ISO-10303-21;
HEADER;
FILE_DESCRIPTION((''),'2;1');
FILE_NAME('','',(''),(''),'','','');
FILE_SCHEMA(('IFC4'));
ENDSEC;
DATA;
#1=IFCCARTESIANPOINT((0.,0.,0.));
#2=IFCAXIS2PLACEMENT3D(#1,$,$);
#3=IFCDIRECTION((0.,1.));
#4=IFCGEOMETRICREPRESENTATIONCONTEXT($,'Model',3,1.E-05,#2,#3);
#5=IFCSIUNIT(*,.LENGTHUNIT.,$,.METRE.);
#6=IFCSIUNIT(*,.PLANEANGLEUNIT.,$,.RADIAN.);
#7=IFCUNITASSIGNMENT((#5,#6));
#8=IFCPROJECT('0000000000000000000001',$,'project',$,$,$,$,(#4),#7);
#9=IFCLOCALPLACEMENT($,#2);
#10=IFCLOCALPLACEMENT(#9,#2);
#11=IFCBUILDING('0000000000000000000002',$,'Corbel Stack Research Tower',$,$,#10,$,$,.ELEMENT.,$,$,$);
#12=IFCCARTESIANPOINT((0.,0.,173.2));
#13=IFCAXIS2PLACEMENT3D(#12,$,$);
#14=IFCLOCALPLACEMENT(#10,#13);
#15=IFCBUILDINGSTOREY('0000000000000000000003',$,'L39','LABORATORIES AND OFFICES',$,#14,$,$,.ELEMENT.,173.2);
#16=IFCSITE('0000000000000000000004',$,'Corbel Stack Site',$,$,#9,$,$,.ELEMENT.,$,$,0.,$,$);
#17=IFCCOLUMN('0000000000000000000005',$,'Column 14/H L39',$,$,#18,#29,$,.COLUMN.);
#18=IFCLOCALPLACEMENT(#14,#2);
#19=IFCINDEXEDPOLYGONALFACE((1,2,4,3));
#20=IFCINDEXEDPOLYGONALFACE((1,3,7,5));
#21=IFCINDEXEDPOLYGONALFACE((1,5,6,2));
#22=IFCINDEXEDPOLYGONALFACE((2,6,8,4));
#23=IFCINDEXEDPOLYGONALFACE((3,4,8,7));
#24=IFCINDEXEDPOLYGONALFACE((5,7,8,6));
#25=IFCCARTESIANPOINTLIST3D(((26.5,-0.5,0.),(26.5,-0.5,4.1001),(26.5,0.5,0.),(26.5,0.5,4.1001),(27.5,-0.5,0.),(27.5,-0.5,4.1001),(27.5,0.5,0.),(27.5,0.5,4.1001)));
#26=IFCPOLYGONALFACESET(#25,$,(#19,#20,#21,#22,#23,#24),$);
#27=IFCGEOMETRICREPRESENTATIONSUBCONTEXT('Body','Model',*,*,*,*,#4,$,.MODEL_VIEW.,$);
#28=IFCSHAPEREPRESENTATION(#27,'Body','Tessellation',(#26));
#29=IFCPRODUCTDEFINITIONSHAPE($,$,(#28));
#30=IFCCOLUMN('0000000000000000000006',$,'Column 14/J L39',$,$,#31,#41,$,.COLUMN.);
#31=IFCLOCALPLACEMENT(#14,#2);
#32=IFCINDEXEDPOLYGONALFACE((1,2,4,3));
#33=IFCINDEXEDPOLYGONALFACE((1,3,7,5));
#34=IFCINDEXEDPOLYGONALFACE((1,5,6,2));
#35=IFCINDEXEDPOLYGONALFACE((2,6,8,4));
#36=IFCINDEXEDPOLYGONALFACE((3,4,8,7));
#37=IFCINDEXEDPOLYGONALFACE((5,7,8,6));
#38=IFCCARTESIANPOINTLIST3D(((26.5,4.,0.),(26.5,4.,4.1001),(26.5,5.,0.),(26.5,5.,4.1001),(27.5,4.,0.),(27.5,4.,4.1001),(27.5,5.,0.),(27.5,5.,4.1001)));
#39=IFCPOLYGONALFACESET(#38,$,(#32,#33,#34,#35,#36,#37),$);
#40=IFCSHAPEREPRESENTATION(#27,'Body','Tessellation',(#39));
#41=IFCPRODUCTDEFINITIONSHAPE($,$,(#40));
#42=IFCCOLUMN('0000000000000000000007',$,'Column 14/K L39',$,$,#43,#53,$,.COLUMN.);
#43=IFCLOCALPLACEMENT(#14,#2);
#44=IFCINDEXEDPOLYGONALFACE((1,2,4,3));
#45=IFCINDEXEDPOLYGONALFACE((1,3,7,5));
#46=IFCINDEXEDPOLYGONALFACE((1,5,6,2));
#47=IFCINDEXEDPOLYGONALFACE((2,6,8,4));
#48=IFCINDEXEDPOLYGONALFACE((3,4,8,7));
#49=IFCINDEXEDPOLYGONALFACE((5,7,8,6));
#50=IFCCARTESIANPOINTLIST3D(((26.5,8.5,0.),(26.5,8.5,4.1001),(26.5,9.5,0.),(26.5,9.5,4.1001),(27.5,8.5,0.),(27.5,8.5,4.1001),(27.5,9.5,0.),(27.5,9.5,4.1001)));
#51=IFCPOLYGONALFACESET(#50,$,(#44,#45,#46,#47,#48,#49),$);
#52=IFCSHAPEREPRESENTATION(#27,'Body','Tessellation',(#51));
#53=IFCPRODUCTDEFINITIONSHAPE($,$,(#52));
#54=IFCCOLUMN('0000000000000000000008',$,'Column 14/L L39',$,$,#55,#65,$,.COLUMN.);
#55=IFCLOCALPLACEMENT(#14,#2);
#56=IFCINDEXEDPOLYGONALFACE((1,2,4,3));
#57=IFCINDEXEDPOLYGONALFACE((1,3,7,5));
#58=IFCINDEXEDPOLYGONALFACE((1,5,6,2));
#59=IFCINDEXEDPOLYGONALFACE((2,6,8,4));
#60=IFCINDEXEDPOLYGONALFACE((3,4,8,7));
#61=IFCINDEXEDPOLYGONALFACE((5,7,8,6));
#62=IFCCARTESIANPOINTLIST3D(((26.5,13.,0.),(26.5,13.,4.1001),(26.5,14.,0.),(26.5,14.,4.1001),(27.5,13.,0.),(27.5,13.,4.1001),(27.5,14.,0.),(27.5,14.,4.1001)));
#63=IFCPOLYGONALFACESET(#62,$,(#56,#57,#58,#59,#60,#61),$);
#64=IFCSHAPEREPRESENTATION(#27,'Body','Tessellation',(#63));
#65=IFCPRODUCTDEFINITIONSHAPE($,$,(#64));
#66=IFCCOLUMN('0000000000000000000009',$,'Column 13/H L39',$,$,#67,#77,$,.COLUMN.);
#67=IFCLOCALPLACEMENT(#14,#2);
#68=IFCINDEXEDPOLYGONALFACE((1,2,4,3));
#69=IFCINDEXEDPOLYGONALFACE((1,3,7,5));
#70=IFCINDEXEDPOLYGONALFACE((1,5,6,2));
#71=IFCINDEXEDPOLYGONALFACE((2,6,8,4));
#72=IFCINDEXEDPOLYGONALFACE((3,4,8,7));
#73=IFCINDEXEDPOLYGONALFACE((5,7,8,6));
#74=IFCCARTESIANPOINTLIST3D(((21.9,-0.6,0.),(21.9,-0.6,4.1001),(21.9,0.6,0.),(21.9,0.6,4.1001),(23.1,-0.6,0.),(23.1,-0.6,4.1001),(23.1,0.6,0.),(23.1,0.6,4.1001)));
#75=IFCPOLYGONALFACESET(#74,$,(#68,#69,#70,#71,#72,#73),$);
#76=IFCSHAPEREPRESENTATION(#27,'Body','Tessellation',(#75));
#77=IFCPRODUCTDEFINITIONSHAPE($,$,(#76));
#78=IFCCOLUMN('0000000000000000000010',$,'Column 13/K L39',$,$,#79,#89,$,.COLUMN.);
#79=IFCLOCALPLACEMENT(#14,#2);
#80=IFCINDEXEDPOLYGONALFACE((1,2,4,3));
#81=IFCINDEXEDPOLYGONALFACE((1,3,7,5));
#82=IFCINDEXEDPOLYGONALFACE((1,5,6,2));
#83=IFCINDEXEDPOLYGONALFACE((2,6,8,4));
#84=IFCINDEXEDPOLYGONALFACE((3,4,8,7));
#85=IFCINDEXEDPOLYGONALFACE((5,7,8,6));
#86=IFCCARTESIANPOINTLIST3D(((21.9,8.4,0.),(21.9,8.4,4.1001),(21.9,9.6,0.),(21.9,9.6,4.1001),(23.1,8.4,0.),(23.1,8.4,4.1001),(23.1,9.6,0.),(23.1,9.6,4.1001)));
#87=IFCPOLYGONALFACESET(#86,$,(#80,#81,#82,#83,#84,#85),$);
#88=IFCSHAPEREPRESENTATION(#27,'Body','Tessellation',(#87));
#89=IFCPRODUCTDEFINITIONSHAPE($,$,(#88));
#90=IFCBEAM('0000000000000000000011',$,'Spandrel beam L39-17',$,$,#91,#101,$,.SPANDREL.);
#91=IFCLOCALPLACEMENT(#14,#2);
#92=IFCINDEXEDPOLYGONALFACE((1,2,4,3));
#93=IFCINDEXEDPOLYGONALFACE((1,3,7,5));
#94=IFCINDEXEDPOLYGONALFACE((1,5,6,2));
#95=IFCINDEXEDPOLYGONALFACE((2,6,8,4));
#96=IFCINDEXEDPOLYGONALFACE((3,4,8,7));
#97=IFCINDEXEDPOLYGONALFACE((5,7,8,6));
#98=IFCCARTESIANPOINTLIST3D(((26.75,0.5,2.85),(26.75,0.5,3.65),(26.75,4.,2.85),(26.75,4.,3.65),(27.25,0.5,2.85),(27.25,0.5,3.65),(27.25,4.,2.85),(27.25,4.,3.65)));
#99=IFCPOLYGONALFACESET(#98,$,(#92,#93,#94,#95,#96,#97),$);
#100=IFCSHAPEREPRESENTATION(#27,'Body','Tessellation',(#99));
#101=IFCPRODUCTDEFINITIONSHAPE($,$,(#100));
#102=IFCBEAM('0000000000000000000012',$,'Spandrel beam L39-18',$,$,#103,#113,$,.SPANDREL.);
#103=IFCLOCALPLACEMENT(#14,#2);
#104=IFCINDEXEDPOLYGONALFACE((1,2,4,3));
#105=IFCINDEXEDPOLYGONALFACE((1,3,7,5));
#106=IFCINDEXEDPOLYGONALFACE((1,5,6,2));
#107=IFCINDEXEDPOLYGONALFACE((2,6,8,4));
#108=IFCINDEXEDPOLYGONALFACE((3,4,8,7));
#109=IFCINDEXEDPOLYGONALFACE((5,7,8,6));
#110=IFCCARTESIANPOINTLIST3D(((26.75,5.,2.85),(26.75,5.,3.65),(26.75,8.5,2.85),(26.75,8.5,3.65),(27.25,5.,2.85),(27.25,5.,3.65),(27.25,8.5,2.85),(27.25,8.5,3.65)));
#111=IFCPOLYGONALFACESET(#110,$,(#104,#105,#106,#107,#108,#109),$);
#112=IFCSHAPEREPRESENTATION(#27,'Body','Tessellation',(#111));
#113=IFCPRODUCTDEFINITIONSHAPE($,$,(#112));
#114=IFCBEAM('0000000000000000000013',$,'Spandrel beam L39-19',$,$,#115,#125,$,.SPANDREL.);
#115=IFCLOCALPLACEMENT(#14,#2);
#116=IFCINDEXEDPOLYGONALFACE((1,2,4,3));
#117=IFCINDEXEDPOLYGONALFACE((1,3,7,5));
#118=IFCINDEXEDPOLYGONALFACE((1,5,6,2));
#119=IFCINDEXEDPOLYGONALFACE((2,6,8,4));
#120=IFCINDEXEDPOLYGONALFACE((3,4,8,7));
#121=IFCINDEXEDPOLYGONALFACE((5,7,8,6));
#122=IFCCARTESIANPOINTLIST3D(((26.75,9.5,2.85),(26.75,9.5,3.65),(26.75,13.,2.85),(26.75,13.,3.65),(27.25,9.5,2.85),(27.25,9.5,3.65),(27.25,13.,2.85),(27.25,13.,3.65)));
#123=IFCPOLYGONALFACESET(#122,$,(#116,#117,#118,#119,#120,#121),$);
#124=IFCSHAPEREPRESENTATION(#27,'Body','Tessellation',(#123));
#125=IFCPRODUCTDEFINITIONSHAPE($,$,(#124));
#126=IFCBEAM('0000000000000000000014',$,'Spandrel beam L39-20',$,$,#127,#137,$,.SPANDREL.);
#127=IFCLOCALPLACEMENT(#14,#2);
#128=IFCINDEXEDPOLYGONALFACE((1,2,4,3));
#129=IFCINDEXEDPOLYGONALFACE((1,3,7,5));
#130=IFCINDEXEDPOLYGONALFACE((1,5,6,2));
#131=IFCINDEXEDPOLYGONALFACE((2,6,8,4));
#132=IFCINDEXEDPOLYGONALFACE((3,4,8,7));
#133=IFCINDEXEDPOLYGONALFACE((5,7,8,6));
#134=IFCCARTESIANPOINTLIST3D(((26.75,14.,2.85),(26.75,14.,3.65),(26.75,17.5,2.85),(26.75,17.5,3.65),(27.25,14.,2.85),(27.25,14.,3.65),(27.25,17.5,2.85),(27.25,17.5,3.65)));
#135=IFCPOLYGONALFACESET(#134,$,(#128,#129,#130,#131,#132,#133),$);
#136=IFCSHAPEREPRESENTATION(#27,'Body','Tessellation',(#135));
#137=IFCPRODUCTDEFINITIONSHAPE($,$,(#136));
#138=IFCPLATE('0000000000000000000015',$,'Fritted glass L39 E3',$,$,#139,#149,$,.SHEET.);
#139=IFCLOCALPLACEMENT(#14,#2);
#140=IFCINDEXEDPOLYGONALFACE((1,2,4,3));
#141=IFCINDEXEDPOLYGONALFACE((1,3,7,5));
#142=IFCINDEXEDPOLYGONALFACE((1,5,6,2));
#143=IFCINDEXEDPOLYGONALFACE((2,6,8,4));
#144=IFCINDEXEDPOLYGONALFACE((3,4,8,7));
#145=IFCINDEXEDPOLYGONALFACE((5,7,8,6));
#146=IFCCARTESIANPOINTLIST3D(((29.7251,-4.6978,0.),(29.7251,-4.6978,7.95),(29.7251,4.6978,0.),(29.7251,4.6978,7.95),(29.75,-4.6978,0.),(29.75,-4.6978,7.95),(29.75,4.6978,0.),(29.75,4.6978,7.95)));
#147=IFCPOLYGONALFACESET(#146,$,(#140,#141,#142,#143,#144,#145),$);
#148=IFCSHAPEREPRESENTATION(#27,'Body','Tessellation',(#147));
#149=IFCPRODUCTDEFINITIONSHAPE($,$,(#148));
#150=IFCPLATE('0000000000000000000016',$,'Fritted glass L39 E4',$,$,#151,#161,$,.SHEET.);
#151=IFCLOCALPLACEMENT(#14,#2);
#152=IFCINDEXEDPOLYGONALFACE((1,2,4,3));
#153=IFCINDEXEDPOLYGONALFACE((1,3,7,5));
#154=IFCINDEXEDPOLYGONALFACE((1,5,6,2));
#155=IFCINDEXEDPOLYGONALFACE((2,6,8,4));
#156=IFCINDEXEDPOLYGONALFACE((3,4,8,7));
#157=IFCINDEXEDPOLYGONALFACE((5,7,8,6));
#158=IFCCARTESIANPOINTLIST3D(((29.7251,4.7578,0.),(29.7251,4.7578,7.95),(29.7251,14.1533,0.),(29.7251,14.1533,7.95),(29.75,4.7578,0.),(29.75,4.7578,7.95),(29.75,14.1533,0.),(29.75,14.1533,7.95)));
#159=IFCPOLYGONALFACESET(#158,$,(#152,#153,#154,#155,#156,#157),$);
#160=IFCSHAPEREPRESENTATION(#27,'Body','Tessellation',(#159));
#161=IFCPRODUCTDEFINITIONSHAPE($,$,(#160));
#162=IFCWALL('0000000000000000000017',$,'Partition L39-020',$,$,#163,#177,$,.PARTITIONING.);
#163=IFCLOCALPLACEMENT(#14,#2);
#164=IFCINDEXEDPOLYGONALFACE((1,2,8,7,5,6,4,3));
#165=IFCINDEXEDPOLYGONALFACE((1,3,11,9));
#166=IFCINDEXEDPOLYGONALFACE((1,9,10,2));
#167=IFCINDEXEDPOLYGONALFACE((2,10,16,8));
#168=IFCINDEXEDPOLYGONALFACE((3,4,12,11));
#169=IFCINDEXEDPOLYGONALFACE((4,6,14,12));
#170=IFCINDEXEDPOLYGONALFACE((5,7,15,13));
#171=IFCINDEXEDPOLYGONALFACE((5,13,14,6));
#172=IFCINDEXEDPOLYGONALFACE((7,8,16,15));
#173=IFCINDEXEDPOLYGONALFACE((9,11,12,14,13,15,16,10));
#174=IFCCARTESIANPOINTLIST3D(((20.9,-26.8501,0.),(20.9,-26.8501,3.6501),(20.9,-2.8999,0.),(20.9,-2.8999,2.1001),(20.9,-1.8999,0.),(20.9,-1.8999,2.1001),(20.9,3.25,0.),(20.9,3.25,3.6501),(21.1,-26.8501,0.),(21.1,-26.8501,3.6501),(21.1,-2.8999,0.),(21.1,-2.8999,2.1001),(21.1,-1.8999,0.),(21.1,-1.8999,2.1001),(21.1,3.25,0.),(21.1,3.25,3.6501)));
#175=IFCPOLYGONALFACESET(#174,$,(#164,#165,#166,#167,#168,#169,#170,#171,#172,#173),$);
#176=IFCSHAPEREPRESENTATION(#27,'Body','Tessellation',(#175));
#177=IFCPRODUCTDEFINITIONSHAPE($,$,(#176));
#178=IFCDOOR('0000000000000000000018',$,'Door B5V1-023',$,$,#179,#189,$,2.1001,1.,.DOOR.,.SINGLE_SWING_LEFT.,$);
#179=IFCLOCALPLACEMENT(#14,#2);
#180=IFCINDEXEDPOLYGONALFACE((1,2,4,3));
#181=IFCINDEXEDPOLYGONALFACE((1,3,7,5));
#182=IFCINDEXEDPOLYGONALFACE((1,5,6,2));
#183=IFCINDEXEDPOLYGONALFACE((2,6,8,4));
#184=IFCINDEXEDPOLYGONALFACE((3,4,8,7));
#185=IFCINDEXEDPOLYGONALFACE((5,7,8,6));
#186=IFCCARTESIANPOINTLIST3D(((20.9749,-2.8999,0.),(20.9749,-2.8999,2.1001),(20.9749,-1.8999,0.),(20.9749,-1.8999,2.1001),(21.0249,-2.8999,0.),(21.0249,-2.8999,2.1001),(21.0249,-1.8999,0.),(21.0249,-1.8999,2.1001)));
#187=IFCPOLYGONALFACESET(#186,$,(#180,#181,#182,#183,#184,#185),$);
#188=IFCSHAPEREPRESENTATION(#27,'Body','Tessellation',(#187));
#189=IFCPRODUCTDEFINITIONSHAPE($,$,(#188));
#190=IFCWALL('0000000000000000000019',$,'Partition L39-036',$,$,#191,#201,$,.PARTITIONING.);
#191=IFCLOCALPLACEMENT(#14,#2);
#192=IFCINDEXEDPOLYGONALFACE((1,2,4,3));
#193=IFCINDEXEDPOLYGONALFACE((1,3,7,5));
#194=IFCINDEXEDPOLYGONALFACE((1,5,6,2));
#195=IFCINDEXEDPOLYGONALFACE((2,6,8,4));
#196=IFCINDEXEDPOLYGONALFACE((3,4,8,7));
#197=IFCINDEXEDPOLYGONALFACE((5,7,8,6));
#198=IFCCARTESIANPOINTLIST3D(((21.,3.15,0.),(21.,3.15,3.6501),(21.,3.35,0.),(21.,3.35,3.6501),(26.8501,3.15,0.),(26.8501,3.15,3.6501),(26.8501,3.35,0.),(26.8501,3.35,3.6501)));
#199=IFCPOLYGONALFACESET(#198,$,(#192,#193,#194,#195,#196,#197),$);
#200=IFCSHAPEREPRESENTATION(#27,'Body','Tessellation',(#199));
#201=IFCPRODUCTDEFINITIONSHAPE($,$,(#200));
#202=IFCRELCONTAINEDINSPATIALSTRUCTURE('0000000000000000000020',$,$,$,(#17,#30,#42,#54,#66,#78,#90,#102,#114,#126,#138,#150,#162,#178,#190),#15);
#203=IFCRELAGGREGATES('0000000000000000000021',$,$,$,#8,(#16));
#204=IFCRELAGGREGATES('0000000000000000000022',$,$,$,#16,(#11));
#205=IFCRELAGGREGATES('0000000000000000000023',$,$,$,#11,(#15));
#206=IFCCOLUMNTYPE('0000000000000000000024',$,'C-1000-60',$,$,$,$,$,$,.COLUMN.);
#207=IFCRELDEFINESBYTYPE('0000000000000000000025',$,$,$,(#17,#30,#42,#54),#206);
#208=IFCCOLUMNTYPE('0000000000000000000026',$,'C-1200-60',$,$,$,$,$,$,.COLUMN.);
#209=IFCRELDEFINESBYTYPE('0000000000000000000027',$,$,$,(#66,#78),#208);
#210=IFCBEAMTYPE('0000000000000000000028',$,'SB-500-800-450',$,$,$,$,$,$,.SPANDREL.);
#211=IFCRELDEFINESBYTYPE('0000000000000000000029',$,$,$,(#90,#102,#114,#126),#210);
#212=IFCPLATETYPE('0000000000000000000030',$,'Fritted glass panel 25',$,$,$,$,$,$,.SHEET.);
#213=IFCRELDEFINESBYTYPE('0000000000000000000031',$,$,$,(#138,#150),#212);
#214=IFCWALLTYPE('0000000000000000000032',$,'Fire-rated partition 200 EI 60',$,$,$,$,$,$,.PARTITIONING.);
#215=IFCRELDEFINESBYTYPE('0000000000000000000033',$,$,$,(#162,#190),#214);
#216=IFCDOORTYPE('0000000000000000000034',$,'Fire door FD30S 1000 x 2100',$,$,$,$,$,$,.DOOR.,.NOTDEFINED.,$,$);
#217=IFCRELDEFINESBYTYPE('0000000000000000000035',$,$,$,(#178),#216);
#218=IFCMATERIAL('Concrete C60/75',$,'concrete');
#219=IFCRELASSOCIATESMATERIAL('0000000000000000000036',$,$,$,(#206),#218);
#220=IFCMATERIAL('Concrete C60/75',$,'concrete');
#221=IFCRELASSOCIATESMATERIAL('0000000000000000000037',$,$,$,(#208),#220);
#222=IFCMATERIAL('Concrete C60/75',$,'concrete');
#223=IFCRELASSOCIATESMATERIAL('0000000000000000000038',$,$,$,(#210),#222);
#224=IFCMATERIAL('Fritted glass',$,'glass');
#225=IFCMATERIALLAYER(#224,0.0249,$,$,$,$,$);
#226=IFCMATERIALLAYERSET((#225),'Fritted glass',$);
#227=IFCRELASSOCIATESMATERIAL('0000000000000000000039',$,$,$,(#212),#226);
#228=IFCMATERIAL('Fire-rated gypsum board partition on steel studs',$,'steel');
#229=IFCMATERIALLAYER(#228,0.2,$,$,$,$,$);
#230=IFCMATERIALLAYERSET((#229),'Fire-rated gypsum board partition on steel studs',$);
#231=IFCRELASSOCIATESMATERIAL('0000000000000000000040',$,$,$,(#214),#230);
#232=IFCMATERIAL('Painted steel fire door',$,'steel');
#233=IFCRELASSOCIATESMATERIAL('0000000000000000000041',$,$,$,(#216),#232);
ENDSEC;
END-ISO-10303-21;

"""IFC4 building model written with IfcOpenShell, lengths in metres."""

from ifc_helpers import new_model, si_unit, direction, frame, frame_2d, origin, origin_2d, place, context, subcontext, project, spatial, rectangle, extrude, material, layer, layer_set, material_profile, profile_set, type_object, element, fill, save


model = new_model("IFC4")

# Units and contexts
model_context = context("Model", 3, precision=1e-05, world=origin(), true_north=direction((0.0, 1.0)))
body_context = subcontext(model_context, "Body", "Model", "MODEL_VIEW")
ifc_project = project(units=[si_unit("LENGTHUNIT", "METRE"), si_unit("PLANEANGLEUNIT", "RADIAN")], contexts=[model_context])

# Site, building, storey
site_placement = place(None, origin())
site = spatial("IfcSite", under=ifc_project, at=site_placement, Name="Corbel Stack Site", CompositionType="ELEMENT", RefElevation=0.0)
building_placement = place(site_placement, origin())
building = spatial("IfcBuilding", under=site, at=building_placement, Name="Corbel Stack Research Tower", CompositionType="ELEMENT")
storey_placement = place(building_placement, frame((0.0, 0.0, 173.2)))
storey = spatial("IfcBuildingStorey", under=building, at=storey_placement, Name="L39", Description="LABORATORIES AND OFFICES", CompositionType="ELEMENT", Elevation=173.2)

# Columns
ifc_material_1 = material(Name="Concrete C60/75", Category="concrete")
ifc_material_profile_1 = material_profile(ifc_material_1, rectangle(XDim=1.0, YDim=1.0, at=origin_2d()), Name="RC 1000 x 1000")
ifc_profile_set_1 = profile_set([ifc_material_profile_1], Name="Concrete C60/75")
column_type_1 = type_object("IfcColumnType", Name="C-1000-60", PredefinedType="COLUMN", material=ifc_profile_set_1)
for number, where, z_axis, x_axis, name in (
    (1, (27.0, 0.0, 0.0), (0.0, 0.0, 1.0), (1.0, 0.0, 0.0), "Column 14/H L39"),
    (2, (27.0, 4.5, 0.0), (0.0, 0.0, 1.0), (1.0, 0.0, 0.0), "Column 14/J L39"),
    (3, (27.0, 9.0, 0.0), (0.0, 0.0, 1.0), (1.0, 0.0, 0.0), "Column 14/K L39"),
    (4, (27.0, 13.5, 0.0), (0.0, 0.0, 1.0), (1.0, 0.0, 0.0), "Column 14/L L39"),
):
    element("IfcColumn", number, at=place(storey_placement, frame(where, z_axis=z_axis, x_axis=x_axis)), inside=storey, type_object=column_type_1, Name=name, PredefinedType="COLUMN", context=body_context, shape_type="SweptSolid", body=[
        extrude(rectangle(XDim=1.0, YDim=1.0, at=origin_2d()), origin(), (0.0, 0.0, 1.0), 4.1001),
    ])
ifc_material_2 = material(Name="Concrete C60/75", Category="concrete")
ifc_material_profile_2 = material_profile(ifc_material_2, rectangle(XDim=1.2, YDim=1.2, at=origin_2d()), Name="RC 1200 x 1200")
ifc_profile_set_2 = profile_set([ifc_material_profile_2], Name="Concrete C60/75")
column_type_2 = type_object("IfcColumnType", Name="C-1200-60", PredefinedType="COLUMN", material=ifc_profile_set_2)
for number, where, z_axis, x_axis, name in (
    (5, (22.5, 0.0, 0.0), (0.0, 0.0, 1.0), (1.0, 0.0, 0.0), "Column 13/H L39"),
    (6, (22.5, 9.0, 0.0), (0.0, 0.0, 1.0), (1.0, 0.0, 0.0), "Column 13/K L39"),
):
    element("IfcColumn", number, at=place(storey_placement, frame(where, z_axis=z_axis, x_axis=x_axis)), inside=storey, type_object=column_type_2, Name=name, PredefinedType="COLUMN", context=body_context, shape_type="SweptSolid", body=[
        extrude(rectangle(XDim=1.2, YDim=1.2, at=origin_2d()), origin(), (0.0, 0.0, 1.0), 4.1001),
    ])

# Beams
ifc_material_3 = material(Name="Concrete C60/75", Category="concrete")
ifc_material_profile_3 = material_profile(ifc_material_3, rectangle(XDim=0.5, YDim=0.8, at=origin_2d()), Name="RC 500 x 800")
ifc_profile_set_3 = profile_set([ifc_material_profile_3], Name="Concrete C60/75")
beam_type = type_object("IfcBeamType", Name="SB-500-800-450", PredefinedType="SPANDREL", material=ifc_profile_set_3)
for number, where, z_axis, x_axis, name in (
    (7, (27.0, 0.5, 3.25), (0.0, 1.0, 0.0), (-1.0, 0.0, 0.0), "Spandrel beam L39-17"),
    (8, (27.0, 5.0, 3.25), (0.0, 1.0, 0.0), (-1.0, 0.0, 0.0), "Spandrel beam L39-18"),
    (9, (27.0, 9.5, 3.25), (0.0, 1.0, 0.0), (-1.0, 0.0, 0.0), "Spandrel beam L39-19"),
    (10, (27.0, 14.0, 3.25), (0.0, 1.0, 0.0), (-1.0, 0.0, 0.0), "Spandrel beam L39-20"),
):
    element("IfcBeam", number, at=place(storey_placement, frame(where, z_axis=z_axis, x_axis=x_axis)), inside=storey, type_object=beam_type, Name=name, PredefinedType="SPANDREL", context=body_context, shape_type="SweptSolid", body=[
        extrude(rectangle(XDim=0.5, YDim=0.8, at=origin_2d()), origin(), (0.0, 0.0, 1.0), 3.5),
    ])

# Plates
ifc_material_4 = material(Name="Fritted glass", Category="glass")
ifc_layer_1 = layer(ifc_material_4, 0.0249)
ifc_layer_set_1 = layer_set([ifc_layer_1], Name="Fritted glass")
plate_type = type_object("IfcPlateType", Name="Fritted glass panel 25", PredefinedType="SHEET", material=ifc_layer_set_1)
for number, where, z_axis, x_axis, name in (
    (11, (29.7375, 0.0, 0.0), (0.0, 0.0, 1.0), (0.0, 1.0, 0.0), "Fritted glass L39 E3"),
    (12, (29.7375, 9.4556, 0.0), (0.0, 0.0, 1.0), (0.0, 1.0, 0.0), "Fritted glass L39 E4"),
):
    element("IfcPlate", number, at=place(storey_placement, frame(where, z_axis=z_axis, x_axis=x_axis)), inside=storey, type_object=plate_type, Name=name, PredefinedType="SHEET", context=body_context, shape_type="SweptSolid", body=[
        extrude(rectangle(XDim=9.3955, YDim=0.0249, at=origin_2d()), origin(), (0.0, 0.0, 1.0), 7.95),
    ])

# Wall, opening, door
ifc_material_5 = material(Name="Fire-rated gypsum board partition on steel studs", Category="steel")
ifc_layer_2 = layer(ifc_material_5, 0.2)
ifc_layer_set_2 = layer_set([ifc_layer_2], Name="Fire-rated gypsum board partition on steel studs")
wall_type_1 = type_object("IfcWallType", Name="Fire-rated partition 200 EI 60", PredefinedType="PARTITIONING", material=ifc_layer_set_2)
wall_1_placement = place(storey_placement, frame((21.0, 3.25, 0.0), z_axis=(0.0, 0.0, 1.0), x_axis=(0.0, -1.0, 0.0)))
wall_1 = element("IfcWall", 13, at=wall_1_placement, inside=storey, type_object=wall_type_1, Name="Partition L39-020", PredefinedType="PARTITIONING", context=body_context, shape_type="SweptSolid", body=[
    extrude(rectangle(XDim=30.1001, YDim=0.2, at=frame_2d((15.05, 0.0))), origin(), (0.0, 0.0, 1.0), 3.6501),
])
opening_1_placement = place(wall_1_placement, frame((5.1499, 0.0, 0.0)))
opening_1 = element("IfcOpeningElement", 14, at=opening_1_placement, cuts=wall_1, PredefinedType="OPENING", context=body_context, shape_type="SweptSolid", body=[
    extrude(rectangle(XDim=1.0, YDim=2.1001, at=frame_2d((0.5, 1.05))), frame((0.0, 0.1099, 0.0), z_axis=(0.0, -1.0, 0.0), x_axis=(1.0, 0.0, 0.0)), (0.0, 0.0, 1.0), 0.22),
])
ifc_material_6 = material(Name="Painted steel fire door", Category="steel")
door_type_1 = type_object("IfcDoorType", Name="Fire door FD30S 1000 x 2100", OperationType="NOTDEFINED", PredefinedType="DOOR", material=ifc_material_6)
door_1_placement = place(opening_1_placement, origin())
door_1 = element("IfcDoor", 15, at=door_1_placement, inside=storey, type_object=door_type_1, Name="Door B5V1-023", OperationType="SINGLE_SWING_LEFT", OverallHeight=2.1001, OverallWidth=1.0, PredefinedType="DOOR", context=body_context, shape_type="SweptSolid", body=[
    extrude(rectangle(XDim=1.0, YDim=2.1001, at=frame_2d((0.5, 1.05))), frame((0.0, 0.0249, 0.0), z_axis=(0.0, -1.0, 0.0), x_axis=(1.0, 0.0, 0.0)), (0.0, 0.0, 1.0), 0.05),
])
fill(opening_1, door_1)

# Wall
for number, where, z_axis, x_axis, name in (
    (16, (21.0, 3.25, 0.0), (0.0, 0.0, 1.0), (1.0, 0.0, 0.0), "Partition L39-036"),
):
    element("IfcWall", number, at=place(storey_placement, frame(where, z_axis=z_axis, x_axis=x_axis)), inside=storey, type_object=wall_type_1, Name=name, PredefinedType="PARTITIONING", context=body_context, shape_type="SweptSolid", body=[
        extrude(rectangle(XDim=5.8501, YDim=0.2, at=frame_2d((2.925, 0.0))), origin(), (0.0, 0.0, 1.0), 3.6501),
    ])

save(model, "model.ifc")
